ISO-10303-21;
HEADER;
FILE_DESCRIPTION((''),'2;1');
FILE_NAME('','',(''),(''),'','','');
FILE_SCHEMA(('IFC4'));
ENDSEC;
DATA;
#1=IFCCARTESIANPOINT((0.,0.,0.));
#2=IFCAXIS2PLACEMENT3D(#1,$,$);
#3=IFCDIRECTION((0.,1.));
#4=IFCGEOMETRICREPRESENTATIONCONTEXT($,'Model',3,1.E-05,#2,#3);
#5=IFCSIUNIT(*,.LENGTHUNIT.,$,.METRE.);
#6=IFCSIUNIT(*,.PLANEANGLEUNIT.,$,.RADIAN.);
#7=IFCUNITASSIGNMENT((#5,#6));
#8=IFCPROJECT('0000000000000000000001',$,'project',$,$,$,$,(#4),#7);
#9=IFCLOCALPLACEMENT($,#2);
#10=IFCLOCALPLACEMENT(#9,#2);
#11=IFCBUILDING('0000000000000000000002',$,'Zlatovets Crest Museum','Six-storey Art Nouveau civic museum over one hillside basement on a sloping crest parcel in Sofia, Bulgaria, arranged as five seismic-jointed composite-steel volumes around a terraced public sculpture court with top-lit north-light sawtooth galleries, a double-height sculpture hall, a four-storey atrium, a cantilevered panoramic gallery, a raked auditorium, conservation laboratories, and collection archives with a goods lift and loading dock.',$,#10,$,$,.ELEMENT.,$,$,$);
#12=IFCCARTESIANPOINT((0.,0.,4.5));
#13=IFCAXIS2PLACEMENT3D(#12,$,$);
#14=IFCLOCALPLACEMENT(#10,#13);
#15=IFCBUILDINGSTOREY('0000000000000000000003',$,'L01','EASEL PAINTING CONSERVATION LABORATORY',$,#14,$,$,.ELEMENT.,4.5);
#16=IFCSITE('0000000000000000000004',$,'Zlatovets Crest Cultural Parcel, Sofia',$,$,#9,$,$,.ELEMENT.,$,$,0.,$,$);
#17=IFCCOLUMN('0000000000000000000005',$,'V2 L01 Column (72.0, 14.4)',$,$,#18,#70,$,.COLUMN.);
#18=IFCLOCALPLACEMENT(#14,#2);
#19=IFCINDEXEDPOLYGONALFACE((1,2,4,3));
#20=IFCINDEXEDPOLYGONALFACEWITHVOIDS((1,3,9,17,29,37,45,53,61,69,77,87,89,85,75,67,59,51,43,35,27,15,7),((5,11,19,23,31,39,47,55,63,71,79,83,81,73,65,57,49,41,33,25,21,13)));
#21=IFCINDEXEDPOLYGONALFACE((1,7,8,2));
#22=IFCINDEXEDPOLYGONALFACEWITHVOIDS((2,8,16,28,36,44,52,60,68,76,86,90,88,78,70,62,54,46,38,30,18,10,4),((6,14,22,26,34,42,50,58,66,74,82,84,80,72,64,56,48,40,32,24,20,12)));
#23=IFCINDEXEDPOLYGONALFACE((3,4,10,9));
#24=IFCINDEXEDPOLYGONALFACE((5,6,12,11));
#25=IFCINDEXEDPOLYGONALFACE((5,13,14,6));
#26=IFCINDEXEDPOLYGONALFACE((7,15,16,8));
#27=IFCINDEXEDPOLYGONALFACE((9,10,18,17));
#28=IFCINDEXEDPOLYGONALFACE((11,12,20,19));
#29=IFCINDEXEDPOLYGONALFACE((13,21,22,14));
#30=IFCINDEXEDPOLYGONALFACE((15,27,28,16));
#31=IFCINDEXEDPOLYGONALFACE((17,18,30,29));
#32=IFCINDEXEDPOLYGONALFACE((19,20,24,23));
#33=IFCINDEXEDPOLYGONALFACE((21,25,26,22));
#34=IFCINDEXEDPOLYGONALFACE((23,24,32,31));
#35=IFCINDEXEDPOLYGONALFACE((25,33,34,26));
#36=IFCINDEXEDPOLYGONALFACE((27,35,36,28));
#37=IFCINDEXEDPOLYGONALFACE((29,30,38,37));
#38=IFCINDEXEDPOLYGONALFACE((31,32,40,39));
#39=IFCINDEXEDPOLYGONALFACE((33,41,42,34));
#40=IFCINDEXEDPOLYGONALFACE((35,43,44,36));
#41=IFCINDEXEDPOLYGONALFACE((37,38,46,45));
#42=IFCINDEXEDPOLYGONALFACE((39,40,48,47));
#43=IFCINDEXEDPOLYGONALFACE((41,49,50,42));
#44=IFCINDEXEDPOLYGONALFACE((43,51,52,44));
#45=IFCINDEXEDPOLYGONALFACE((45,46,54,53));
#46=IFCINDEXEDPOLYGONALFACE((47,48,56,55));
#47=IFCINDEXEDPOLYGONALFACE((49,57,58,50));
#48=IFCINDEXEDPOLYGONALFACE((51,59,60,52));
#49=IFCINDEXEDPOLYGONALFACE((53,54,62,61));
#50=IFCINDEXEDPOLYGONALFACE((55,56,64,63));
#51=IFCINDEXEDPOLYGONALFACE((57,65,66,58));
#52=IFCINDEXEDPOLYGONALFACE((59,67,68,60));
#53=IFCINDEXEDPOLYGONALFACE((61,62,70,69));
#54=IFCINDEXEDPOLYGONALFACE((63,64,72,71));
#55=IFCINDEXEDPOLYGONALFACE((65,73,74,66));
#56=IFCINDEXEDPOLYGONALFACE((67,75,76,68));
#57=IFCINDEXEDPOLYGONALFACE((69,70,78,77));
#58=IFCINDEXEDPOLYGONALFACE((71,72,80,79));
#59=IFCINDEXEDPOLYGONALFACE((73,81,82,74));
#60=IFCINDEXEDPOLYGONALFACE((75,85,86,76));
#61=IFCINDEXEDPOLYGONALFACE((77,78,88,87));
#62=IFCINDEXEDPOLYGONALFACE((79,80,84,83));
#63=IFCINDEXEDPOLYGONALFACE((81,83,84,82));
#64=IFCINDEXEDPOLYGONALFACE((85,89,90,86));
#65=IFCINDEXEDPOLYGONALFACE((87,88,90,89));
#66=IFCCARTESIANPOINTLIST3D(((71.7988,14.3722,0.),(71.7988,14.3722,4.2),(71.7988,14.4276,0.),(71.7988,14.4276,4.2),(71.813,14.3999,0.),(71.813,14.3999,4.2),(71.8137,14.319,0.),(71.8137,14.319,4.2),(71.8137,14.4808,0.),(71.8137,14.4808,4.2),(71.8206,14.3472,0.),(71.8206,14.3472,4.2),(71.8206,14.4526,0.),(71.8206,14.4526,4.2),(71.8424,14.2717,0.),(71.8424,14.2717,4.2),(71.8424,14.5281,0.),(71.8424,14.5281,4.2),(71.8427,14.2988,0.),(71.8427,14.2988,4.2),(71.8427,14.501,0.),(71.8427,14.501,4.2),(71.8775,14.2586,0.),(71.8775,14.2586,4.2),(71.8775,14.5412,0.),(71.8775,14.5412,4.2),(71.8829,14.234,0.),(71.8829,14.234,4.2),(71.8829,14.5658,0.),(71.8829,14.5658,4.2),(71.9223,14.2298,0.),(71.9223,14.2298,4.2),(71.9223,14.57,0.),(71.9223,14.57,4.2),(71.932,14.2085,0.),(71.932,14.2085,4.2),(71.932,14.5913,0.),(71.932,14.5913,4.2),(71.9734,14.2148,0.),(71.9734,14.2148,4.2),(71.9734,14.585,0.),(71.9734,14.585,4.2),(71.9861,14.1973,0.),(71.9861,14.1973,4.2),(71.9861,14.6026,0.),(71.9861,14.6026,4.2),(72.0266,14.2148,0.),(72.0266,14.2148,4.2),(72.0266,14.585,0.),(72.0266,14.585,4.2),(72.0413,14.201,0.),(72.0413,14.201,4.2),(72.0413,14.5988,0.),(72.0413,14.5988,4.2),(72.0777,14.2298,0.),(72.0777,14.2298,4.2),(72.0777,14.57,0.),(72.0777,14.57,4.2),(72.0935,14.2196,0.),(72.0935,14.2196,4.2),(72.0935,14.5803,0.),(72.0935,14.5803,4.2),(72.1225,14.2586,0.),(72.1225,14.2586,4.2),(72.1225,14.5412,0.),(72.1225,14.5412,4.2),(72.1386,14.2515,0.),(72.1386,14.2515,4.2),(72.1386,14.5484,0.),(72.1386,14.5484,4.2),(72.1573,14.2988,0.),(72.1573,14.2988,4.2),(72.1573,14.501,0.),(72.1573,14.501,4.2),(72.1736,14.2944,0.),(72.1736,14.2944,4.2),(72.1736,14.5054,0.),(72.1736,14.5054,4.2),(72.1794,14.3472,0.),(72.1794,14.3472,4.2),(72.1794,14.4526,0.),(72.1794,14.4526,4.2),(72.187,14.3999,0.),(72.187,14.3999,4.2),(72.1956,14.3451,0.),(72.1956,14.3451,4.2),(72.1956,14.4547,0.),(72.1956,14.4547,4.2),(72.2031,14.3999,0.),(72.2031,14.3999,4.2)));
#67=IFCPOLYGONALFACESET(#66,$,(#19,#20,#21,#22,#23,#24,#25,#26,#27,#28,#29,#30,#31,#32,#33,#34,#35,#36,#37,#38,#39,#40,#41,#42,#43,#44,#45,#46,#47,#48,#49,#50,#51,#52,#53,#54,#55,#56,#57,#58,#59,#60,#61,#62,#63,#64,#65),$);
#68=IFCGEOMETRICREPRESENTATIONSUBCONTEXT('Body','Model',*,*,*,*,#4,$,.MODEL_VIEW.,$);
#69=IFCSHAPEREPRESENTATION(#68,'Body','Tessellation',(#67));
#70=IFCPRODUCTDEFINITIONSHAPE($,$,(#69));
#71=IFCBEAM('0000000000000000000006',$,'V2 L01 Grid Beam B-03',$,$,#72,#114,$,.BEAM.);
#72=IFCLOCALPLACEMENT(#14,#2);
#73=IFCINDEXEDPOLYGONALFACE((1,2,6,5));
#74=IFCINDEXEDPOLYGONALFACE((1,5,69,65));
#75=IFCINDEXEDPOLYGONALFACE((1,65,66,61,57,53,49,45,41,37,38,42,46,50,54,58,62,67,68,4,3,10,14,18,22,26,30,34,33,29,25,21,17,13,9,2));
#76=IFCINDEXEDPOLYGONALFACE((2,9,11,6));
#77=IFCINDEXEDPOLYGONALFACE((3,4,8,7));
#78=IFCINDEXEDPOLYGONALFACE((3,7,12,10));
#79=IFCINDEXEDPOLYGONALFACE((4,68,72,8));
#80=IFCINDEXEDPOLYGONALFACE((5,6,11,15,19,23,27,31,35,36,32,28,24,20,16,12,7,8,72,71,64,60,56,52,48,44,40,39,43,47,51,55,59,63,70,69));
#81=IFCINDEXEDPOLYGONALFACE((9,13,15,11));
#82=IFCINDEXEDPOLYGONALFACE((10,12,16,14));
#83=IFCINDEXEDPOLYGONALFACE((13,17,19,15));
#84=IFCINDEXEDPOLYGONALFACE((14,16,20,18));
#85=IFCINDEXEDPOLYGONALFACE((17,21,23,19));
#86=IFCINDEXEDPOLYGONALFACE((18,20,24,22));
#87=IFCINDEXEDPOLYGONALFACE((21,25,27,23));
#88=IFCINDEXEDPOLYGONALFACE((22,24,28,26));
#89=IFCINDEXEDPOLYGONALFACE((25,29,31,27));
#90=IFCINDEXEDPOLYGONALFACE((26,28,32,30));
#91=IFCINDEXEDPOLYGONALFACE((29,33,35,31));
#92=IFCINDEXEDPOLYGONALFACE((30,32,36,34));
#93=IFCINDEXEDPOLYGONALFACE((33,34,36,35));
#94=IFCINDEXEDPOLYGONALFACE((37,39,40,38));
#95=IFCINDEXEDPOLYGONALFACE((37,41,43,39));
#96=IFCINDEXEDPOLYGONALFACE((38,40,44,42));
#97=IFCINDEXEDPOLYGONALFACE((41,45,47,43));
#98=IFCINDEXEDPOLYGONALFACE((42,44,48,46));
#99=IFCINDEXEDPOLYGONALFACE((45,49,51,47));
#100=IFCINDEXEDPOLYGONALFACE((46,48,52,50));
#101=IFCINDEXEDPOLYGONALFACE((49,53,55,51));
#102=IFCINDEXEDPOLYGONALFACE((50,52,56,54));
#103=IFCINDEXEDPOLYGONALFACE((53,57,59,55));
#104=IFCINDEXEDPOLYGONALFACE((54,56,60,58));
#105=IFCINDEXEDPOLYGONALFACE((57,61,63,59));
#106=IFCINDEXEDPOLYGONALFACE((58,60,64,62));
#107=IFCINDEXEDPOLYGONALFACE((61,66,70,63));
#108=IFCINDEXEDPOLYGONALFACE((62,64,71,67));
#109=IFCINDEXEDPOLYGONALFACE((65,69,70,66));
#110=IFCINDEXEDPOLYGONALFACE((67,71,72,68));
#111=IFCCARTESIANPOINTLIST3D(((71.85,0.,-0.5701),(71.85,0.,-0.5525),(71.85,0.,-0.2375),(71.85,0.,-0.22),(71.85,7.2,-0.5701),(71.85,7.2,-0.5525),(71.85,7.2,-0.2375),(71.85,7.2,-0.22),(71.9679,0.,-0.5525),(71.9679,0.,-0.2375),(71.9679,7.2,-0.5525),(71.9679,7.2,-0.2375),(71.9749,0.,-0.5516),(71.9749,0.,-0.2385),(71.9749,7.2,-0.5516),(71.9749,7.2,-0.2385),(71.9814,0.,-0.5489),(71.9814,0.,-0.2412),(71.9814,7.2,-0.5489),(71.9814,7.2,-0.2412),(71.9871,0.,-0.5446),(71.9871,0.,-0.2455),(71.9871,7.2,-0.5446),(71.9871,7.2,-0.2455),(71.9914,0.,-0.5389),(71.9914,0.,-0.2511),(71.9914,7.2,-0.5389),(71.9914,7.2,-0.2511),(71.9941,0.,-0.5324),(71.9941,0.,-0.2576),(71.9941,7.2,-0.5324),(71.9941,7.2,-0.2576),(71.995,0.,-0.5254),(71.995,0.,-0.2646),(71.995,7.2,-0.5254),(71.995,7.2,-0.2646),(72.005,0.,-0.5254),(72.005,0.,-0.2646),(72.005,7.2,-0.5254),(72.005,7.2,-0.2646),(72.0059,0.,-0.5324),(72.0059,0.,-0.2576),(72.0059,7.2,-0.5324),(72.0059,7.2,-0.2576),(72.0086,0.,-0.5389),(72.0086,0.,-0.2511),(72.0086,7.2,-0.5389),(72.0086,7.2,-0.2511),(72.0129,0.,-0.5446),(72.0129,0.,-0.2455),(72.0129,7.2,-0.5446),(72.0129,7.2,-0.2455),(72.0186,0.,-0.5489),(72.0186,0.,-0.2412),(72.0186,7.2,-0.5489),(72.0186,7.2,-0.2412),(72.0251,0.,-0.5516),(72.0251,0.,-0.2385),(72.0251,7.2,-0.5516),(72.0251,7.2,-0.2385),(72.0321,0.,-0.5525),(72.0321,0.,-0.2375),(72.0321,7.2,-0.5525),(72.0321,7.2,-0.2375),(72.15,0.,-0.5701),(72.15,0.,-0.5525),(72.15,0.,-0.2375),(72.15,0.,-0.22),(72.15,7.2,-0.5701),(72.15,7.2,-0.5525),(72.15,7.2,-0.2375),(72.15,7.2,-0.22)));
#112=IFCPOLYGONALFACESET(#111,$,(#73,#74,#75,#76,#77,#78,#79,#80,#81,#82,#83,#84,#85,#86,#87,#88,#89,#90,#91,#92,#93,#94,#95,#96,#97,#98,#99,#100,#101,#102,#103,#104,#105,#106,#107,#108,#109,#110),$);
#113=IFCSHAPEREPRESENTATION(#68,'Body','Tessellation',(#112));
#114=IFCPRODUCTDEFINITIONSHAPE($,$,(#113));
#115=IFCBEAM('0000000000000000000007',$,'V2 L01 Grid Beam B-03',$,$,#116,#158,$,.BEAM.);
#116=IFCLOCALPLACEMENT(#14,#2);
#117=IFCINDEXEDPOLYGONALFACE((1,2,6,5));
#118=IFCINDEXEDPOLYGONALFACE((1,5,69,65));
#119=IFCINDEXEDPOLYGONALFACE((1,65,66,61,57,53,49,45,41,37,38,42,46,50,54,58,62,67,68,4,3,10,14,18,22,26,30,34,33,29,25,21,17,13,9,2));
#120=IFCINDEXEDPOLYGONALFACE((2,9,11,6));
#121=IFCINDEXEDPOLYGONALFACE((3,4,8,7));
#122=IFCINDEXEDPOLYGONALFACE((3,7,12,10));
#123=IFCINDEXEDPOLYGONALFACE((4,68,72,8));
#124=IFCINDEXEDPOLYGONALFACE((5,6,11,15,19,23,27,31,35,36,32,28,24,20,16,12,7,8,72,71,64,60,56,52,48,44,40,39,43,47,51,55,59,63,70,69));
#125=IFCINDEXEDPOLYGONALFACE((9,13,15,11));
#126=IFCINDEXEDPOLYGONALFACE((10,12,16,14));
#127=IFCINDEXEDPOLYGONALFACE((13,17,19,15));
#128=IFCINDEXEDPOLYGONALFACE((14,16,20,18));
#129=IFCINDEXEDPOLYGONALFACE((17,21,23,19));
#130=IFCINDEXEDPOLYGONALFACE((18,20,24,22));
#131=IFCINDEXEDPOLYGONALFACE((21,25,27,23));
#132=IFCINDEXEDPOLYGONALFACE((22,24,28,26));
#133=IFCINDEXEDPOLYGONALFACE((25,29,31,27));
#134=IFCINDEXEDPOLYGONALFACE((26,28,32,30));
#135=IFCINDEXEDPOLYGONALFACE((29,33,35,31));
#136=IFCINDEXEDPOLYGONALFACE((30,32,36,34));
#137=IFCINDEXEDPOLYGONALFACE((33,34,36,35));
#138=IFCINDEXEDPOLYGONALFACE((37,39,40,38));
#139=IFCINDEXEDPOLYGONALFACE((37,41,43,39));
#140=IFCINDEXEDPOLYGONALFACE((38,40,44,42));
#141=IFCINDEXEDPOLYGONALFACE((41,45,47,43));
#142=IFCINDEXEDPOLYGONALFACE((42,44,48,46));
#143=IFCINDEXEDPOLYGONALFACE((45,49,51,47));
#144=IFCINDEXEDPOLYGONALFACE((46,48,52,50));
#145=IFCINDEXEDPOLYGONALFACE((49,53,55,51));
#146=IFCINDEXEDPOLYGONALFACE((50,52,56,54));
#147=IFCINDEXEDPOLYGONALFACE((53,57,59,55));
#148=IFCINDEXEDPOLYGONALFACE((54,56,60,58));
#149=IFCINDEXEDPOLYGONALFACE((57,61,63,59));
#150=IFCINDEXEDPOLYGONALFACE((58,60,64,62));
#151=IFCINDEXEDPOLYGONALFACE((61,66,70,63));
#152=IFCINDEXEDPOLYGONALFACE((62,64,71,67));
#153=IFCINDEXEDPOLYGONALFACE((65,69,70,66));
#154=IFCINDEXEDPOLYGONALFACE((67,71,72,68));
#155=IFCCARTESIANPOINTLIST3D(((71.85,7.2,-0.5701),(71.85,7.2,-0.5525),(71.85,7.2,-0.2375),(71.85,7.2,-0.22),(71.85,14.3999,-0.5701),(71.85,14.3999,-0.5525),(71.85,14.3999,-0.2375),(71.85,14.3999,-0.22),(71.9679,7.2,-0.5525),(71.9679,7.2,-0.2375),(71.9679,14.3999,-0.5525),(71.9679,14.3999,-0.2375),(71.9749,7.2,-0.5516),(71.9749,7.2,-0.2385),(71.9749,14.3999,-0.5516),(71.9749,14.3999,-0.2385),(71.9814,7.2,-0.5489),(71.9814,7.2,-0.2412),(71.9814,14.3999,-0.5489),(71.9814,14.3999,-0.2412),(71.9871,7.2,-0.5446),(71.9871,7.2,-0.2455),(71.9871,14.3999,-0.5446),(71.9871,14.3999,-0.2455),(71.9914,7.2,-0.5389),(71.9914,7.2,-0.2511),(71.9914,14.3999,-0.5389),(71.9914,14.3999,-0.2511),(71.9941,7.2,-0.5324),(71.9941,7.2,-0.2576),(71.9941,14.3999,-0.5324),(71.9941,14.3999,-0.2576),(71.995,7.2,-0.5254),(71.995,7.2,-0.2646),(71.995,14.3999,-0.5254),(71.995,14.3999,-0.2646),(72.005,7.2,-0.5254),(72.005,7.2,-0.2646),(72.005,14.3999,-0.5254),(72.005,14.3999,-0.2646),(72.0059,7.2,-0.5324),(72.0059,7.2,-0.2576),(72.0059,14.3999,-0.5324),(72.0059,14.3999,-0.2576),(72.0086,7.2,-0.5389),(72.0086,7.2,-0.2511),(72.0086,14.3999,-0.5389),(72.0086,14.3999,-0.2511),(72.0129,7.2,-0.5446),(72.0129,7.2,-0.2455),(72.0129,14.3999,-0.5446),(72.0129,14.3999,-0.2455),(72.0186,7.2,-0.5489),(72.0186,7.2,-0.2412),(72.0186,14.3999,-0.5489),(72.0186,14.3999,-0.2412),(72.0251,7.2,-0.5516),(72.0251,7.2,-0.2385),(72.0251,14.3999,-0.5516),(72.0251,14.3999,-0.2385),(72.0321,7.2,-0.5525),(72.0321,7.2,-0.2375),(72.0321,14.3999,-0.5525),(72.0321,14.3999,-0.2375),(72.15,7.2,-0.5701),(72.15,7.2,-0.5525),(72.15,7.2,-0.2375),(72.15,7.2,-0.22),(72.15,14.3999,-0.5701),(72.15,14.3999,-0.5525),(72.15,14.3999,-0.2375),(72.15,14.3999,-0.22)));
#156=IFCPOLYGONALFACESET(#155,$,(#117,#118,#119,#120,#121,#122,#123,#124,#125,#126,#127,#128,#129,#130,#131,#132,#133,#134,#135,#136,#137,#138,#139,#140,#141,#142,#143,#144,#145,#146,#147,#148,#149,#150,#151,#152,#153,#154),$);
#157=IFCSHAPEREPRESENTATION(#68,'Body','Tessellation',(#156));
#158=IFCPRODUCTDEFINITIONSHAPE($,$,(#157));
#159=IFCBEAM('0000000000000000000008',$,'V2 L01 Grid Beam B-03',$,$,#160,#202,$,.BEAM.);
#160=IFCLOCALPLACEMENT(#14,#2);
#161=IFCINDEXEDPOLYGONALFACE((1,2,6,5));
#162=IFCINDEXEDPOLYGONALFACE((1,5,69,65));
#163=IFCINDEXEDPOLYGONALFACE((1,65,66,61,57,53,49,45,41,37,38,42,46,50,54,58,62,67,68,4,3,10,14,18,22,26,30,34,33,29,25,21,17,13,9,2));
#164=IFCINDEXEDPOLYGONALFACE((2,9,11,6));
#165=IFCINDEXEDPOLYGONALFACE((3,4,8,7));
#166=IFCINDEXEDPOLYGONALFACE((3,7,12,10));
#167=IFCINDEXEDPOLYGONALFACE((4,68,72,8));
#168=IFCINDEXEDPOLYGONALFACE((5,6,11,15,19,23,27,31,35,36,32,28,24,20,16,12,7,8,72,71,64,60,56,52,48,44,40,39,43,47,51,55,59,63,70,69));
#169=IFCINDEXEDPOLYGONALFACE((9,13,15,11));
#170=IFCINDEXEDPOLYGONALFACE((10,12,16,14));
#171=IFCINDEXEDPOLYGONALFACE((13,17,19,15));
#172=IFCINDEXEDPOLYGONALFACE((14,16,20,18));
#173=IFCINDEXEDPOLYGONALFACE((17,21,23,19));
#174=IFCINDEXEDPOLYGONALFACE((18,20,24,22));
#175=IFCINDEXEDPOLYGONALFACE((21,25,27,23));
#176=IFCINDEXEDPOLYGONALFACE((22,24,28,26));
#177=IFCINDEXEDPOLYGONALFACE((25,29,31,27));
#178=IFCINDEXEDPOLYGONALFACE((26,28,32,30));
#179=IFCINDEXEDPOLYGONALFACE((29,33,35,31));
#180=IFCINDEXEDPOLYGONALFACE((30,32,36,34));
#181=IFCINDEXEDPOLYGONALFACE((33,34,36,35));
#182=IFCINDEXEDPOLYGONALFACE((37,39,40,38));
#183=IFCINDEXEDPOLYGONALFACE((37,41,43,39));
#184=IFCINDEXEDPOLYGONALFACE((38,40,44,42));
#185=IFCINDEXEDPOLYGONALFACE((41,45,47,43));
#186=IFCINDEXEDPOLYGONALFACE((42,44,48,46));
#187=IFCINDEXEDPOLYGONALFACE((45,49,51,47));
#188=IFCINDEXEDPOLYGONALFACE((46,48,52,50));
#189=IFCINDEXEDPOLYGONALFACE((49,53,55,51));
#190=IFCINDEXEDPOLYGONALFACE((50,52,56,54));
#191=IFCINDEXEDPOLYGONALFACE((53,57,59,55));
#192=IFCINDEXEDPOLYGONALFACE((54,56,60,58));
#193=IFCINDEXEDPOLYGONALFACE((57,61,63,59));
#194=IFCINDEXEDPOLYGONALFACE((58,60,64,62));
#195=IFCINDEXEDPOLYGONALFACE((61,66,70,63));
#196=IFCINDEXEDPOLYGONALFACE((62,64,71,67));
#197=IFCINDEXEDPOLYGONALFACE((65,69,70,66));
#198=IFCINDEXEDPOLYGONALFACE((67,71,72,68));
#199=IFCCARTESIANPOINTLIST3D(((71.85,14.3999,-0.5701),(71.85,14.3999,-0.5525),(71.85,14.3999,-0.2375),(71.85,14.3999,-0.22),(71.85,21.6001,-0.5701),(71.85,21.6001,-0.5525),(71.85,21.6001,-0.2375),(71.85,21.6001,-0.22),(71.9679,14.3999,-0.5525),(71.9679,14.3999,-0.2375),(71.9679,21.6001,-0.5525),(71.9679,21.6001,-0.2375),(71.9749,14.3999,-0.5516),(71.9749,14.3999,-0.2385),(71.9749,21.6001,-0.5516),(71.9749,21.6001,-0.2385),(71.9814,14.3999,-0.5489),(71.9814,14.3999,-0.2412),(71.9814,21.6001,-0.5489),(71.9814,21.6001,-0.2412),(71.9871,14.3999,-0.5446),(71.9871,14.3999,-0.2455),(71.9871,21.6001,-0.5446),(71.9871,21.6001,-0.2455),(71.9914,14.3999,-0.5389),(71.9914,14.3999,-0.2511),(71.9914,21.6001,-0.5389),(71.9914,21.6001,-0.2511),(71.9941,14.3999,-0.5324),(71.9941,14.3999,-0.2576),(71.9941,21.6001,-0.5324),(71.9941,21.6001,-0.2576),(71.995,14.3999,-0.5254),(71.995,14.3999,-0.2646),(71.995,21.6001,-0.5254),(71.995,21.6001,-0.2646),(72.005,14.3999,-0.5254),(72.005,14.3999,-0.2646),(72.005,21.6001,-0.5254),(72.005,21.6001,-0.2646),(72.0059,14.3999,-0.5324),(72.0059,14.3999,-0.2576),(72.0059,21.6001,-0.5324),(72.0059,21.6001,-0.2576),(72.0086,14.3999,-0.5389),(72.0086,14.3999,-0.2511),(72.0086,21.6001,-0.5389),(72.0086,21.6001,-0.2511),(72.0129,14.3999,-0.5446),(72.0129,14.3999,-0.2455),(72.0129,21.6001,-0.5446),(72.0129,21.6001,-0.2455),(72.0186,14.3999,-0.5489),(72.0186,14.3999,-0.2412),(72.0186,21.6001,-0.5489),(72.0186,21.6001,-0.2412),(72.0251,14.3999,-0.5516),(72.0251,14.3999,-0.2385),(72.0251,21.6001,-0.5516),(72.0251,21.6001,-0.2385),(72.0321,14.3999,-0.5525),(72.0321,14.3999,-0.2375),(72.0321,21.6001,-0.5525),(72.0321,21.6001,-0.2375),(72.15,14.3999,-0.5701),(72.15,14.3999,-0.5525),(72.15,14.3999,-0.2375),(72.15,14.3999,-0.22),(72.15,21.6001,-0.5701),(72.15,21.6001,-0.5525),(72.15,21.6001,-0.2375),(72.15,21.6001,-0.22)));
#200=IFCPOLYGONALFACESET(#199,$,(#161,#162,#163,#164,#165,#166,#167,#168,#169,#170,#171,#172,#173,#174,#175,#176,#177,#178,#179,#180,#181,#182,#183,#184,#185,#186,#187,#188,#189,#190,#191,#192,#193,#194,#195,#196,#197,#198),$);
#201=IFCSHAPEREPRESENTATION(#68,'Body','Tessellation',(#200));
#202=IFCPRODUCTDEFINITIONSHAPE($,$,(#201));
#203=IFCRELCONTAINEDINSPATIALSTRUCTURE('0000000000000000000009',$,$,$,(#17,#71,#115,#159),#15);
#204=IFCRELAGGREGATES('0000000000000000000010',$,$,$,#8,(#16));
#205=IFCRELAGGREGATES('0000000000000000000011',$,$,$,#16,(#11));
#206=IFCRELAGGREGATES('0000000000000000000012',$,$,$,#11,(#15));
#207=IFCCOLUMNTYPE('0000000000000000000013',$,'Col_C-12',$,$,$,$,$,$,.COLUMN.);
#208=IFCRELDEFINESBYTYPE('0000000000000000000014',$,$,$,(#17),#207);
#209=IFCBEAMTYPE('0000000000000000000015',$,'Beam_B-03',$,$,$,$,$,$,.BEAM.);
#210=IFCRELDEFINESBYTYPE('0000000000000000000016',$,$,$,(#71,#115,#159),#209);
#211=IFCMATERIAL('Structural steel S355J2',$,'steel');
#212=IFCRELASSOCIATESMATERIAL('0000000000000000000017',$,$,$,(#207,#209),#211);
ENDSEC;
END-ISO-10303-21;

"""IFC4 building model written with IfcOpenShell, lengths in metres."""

from ifc_helpers import new_model, si_unit, direction, frame, origin, origin_2d, place, context, subcontext, project, spatial, hollow_circle, i_section, extrude, material, material_profile, profile_set, type_object, element, save


model = new_model("IFC4")

# Units and contexts
model_context = context("Model", 3, precision=1e-05, world=origin(), true_north=direction((0.0, 1.0)))
body_context = subcontext(model_context, "Body", "Model", "MODEL_VIEW")
ifc_project = project(units=[si_unit("LENGTHUNIT", "METRE"), si_unit("PLANEANGLEUNIT", "RADIAN")], contexts=[model_context])

# Site, building, storey
site_placement = place(None, origin())
site = spatial("IfcSite", under=ifc_project, at=site_placement, Name="Zlatovets Crest Cultural Parcel, Sofia", CompositionType="ELEMENT", RefElevation=0.0)
building_placement = place(site_placement, origin())
building = spatial("IfcBuilding", under=site, at=building_placement, Name="Zlatovets Crest Museum", Description="Six-storey Art Nouveau civic museum over one hillside basement on a sloping crest parcel in Sofia, Bulgaria, arranged as five seismic-jointed composite-steel volumes around a terraced public sculpture court with top-lit north-light sawtooth galleries, a double-height sculpture hall, a four-storey atrium, a cantilevered panoramic gallery, a raked auditorium, conservation laboratories, and collection archives with a goods lift and loading dock.", CompositionType="ELEMENT")
storey_placement = place(building_placement, frame((0.0, 0.0, 4.5)))
storey = spatial("IfcBuildingStorey", under=building, at=storey_placement, Name="L01", Description="EASEL PAINTING CONSERVATION LABORATORY", CompositionType="ELEMENT", Elevation=4.5)

# Column
ifc_material_1 = material(Name="Structural steel S355J2", Category="steel")
ifc_material_profile_1 = material_profile(ifc_material_1, hollow_circle(Radius=0.2031, WallThickness=0.0161, at=origin_2d()), Name="CHS 406.4x16.0")
ifc_profile_set_1 = profile_set([ifc_material_profile_1], Name="Structural steel S355J2")
column_type_1 = type_object("IfcColumnType", Name="Col_C-12", PredefinedType="COLUMN", material=ifc_profile_set_1)
for number, where, z_axis, x_axis, name in (
    (1, (72.0, 14.3999, 0.0), (0.0, 0.0, 1.0), (1.0, 0.0, 0.0), "V2 L01 Column (72.0, 14.4)"),
):
    element("IfcColumn", number, at=place(storey_placement, frame(where, z_axis=z_axis, x_axis=x_axis)), inside=storey, type_object=column_type_1, Name=name, PredefinedType="COLUMN", context=body_context, shape_type="SweptSolid", body=[
        extrude(hollow_circle(Radius=0.2031, WallThickness=0.0161, at=origin_2d()), origin(), (0.0, 0.0, 1.0), 4.2),
    ])

# Beams
ifc_material_profile_2 = material_profile(ifc_material_1, i_section(OverallWidth=0.3, OverallDepth=0.3501, WebThickness=0.01, FlangeThickness=0.0176, FilletRadius=0.0271, at=origin_2d()), Name="HEA 360")
ifc_profile_set_2 = profile_set([ifc_material_profile_2], Name="Structural steel S355J2")
beam_type_1 = type_object("IfcBeamType", Name="Beam_B-03", PredefinedType="BEAM", material=ifc_profile_set_2)
for number, where, z_axis, x_axis, name in (
    (2, (72.0, 0.0, -0.395), (0.0, 1.0, 0.0), (-1.0, 0.0, 0.0), "V2 L01 Grid Beam B-03"),
    (3, (72.0, 7.2, -0.395), (0.0, 1.0, 0.0), (-1.0, 0.0, 0.0), "V2 L01 Grid Beam B-03"),
):
    element("IfcBeam", number, at=place(storey_placement, frame(where, z_axis=z_axis, x_axis=x_axis)), inside=storey, type_object=beam_type_1, Name=name, PredefinedType="BEAM", context=body_context, shape_type="SweptSolid", body=[
        extrude(i_section(OverallWidth=0.3, OverallDepth=0.3501, WebThickness=0.01, FlangeThickness=0.0176, FilletRadius=0.0271, at=origin_2d()), origin(), (0.0, 0.0, 1.0), 7.2),
    ])
beam_1_placement = place(storey_placement, frame((72.0, 14.3999, -0.395), z_axis=(0.0, 1.0, 0.0), x_axis=(-1.0, 0.0, 0.0)))
element("IfcBeam", 4, at=beam_1_placement, inside=storey, type_object=beam_type_1, Name="V2 L01 Grid Beam B-03", PredefinedType="BEAM", context=body_context, shape_type="SweptSolid", body=[
    extrude(i_section(OverallWidth=0.3, OverallDepth=0.3501, WebThickness=0.01, FlangeThickness=0.0176, FilletRadius=0.0271, at=origin_2d()), origin(), (0.0, 0.0, 1.0), 7.2002),
])

save(model, "model.ifc")
